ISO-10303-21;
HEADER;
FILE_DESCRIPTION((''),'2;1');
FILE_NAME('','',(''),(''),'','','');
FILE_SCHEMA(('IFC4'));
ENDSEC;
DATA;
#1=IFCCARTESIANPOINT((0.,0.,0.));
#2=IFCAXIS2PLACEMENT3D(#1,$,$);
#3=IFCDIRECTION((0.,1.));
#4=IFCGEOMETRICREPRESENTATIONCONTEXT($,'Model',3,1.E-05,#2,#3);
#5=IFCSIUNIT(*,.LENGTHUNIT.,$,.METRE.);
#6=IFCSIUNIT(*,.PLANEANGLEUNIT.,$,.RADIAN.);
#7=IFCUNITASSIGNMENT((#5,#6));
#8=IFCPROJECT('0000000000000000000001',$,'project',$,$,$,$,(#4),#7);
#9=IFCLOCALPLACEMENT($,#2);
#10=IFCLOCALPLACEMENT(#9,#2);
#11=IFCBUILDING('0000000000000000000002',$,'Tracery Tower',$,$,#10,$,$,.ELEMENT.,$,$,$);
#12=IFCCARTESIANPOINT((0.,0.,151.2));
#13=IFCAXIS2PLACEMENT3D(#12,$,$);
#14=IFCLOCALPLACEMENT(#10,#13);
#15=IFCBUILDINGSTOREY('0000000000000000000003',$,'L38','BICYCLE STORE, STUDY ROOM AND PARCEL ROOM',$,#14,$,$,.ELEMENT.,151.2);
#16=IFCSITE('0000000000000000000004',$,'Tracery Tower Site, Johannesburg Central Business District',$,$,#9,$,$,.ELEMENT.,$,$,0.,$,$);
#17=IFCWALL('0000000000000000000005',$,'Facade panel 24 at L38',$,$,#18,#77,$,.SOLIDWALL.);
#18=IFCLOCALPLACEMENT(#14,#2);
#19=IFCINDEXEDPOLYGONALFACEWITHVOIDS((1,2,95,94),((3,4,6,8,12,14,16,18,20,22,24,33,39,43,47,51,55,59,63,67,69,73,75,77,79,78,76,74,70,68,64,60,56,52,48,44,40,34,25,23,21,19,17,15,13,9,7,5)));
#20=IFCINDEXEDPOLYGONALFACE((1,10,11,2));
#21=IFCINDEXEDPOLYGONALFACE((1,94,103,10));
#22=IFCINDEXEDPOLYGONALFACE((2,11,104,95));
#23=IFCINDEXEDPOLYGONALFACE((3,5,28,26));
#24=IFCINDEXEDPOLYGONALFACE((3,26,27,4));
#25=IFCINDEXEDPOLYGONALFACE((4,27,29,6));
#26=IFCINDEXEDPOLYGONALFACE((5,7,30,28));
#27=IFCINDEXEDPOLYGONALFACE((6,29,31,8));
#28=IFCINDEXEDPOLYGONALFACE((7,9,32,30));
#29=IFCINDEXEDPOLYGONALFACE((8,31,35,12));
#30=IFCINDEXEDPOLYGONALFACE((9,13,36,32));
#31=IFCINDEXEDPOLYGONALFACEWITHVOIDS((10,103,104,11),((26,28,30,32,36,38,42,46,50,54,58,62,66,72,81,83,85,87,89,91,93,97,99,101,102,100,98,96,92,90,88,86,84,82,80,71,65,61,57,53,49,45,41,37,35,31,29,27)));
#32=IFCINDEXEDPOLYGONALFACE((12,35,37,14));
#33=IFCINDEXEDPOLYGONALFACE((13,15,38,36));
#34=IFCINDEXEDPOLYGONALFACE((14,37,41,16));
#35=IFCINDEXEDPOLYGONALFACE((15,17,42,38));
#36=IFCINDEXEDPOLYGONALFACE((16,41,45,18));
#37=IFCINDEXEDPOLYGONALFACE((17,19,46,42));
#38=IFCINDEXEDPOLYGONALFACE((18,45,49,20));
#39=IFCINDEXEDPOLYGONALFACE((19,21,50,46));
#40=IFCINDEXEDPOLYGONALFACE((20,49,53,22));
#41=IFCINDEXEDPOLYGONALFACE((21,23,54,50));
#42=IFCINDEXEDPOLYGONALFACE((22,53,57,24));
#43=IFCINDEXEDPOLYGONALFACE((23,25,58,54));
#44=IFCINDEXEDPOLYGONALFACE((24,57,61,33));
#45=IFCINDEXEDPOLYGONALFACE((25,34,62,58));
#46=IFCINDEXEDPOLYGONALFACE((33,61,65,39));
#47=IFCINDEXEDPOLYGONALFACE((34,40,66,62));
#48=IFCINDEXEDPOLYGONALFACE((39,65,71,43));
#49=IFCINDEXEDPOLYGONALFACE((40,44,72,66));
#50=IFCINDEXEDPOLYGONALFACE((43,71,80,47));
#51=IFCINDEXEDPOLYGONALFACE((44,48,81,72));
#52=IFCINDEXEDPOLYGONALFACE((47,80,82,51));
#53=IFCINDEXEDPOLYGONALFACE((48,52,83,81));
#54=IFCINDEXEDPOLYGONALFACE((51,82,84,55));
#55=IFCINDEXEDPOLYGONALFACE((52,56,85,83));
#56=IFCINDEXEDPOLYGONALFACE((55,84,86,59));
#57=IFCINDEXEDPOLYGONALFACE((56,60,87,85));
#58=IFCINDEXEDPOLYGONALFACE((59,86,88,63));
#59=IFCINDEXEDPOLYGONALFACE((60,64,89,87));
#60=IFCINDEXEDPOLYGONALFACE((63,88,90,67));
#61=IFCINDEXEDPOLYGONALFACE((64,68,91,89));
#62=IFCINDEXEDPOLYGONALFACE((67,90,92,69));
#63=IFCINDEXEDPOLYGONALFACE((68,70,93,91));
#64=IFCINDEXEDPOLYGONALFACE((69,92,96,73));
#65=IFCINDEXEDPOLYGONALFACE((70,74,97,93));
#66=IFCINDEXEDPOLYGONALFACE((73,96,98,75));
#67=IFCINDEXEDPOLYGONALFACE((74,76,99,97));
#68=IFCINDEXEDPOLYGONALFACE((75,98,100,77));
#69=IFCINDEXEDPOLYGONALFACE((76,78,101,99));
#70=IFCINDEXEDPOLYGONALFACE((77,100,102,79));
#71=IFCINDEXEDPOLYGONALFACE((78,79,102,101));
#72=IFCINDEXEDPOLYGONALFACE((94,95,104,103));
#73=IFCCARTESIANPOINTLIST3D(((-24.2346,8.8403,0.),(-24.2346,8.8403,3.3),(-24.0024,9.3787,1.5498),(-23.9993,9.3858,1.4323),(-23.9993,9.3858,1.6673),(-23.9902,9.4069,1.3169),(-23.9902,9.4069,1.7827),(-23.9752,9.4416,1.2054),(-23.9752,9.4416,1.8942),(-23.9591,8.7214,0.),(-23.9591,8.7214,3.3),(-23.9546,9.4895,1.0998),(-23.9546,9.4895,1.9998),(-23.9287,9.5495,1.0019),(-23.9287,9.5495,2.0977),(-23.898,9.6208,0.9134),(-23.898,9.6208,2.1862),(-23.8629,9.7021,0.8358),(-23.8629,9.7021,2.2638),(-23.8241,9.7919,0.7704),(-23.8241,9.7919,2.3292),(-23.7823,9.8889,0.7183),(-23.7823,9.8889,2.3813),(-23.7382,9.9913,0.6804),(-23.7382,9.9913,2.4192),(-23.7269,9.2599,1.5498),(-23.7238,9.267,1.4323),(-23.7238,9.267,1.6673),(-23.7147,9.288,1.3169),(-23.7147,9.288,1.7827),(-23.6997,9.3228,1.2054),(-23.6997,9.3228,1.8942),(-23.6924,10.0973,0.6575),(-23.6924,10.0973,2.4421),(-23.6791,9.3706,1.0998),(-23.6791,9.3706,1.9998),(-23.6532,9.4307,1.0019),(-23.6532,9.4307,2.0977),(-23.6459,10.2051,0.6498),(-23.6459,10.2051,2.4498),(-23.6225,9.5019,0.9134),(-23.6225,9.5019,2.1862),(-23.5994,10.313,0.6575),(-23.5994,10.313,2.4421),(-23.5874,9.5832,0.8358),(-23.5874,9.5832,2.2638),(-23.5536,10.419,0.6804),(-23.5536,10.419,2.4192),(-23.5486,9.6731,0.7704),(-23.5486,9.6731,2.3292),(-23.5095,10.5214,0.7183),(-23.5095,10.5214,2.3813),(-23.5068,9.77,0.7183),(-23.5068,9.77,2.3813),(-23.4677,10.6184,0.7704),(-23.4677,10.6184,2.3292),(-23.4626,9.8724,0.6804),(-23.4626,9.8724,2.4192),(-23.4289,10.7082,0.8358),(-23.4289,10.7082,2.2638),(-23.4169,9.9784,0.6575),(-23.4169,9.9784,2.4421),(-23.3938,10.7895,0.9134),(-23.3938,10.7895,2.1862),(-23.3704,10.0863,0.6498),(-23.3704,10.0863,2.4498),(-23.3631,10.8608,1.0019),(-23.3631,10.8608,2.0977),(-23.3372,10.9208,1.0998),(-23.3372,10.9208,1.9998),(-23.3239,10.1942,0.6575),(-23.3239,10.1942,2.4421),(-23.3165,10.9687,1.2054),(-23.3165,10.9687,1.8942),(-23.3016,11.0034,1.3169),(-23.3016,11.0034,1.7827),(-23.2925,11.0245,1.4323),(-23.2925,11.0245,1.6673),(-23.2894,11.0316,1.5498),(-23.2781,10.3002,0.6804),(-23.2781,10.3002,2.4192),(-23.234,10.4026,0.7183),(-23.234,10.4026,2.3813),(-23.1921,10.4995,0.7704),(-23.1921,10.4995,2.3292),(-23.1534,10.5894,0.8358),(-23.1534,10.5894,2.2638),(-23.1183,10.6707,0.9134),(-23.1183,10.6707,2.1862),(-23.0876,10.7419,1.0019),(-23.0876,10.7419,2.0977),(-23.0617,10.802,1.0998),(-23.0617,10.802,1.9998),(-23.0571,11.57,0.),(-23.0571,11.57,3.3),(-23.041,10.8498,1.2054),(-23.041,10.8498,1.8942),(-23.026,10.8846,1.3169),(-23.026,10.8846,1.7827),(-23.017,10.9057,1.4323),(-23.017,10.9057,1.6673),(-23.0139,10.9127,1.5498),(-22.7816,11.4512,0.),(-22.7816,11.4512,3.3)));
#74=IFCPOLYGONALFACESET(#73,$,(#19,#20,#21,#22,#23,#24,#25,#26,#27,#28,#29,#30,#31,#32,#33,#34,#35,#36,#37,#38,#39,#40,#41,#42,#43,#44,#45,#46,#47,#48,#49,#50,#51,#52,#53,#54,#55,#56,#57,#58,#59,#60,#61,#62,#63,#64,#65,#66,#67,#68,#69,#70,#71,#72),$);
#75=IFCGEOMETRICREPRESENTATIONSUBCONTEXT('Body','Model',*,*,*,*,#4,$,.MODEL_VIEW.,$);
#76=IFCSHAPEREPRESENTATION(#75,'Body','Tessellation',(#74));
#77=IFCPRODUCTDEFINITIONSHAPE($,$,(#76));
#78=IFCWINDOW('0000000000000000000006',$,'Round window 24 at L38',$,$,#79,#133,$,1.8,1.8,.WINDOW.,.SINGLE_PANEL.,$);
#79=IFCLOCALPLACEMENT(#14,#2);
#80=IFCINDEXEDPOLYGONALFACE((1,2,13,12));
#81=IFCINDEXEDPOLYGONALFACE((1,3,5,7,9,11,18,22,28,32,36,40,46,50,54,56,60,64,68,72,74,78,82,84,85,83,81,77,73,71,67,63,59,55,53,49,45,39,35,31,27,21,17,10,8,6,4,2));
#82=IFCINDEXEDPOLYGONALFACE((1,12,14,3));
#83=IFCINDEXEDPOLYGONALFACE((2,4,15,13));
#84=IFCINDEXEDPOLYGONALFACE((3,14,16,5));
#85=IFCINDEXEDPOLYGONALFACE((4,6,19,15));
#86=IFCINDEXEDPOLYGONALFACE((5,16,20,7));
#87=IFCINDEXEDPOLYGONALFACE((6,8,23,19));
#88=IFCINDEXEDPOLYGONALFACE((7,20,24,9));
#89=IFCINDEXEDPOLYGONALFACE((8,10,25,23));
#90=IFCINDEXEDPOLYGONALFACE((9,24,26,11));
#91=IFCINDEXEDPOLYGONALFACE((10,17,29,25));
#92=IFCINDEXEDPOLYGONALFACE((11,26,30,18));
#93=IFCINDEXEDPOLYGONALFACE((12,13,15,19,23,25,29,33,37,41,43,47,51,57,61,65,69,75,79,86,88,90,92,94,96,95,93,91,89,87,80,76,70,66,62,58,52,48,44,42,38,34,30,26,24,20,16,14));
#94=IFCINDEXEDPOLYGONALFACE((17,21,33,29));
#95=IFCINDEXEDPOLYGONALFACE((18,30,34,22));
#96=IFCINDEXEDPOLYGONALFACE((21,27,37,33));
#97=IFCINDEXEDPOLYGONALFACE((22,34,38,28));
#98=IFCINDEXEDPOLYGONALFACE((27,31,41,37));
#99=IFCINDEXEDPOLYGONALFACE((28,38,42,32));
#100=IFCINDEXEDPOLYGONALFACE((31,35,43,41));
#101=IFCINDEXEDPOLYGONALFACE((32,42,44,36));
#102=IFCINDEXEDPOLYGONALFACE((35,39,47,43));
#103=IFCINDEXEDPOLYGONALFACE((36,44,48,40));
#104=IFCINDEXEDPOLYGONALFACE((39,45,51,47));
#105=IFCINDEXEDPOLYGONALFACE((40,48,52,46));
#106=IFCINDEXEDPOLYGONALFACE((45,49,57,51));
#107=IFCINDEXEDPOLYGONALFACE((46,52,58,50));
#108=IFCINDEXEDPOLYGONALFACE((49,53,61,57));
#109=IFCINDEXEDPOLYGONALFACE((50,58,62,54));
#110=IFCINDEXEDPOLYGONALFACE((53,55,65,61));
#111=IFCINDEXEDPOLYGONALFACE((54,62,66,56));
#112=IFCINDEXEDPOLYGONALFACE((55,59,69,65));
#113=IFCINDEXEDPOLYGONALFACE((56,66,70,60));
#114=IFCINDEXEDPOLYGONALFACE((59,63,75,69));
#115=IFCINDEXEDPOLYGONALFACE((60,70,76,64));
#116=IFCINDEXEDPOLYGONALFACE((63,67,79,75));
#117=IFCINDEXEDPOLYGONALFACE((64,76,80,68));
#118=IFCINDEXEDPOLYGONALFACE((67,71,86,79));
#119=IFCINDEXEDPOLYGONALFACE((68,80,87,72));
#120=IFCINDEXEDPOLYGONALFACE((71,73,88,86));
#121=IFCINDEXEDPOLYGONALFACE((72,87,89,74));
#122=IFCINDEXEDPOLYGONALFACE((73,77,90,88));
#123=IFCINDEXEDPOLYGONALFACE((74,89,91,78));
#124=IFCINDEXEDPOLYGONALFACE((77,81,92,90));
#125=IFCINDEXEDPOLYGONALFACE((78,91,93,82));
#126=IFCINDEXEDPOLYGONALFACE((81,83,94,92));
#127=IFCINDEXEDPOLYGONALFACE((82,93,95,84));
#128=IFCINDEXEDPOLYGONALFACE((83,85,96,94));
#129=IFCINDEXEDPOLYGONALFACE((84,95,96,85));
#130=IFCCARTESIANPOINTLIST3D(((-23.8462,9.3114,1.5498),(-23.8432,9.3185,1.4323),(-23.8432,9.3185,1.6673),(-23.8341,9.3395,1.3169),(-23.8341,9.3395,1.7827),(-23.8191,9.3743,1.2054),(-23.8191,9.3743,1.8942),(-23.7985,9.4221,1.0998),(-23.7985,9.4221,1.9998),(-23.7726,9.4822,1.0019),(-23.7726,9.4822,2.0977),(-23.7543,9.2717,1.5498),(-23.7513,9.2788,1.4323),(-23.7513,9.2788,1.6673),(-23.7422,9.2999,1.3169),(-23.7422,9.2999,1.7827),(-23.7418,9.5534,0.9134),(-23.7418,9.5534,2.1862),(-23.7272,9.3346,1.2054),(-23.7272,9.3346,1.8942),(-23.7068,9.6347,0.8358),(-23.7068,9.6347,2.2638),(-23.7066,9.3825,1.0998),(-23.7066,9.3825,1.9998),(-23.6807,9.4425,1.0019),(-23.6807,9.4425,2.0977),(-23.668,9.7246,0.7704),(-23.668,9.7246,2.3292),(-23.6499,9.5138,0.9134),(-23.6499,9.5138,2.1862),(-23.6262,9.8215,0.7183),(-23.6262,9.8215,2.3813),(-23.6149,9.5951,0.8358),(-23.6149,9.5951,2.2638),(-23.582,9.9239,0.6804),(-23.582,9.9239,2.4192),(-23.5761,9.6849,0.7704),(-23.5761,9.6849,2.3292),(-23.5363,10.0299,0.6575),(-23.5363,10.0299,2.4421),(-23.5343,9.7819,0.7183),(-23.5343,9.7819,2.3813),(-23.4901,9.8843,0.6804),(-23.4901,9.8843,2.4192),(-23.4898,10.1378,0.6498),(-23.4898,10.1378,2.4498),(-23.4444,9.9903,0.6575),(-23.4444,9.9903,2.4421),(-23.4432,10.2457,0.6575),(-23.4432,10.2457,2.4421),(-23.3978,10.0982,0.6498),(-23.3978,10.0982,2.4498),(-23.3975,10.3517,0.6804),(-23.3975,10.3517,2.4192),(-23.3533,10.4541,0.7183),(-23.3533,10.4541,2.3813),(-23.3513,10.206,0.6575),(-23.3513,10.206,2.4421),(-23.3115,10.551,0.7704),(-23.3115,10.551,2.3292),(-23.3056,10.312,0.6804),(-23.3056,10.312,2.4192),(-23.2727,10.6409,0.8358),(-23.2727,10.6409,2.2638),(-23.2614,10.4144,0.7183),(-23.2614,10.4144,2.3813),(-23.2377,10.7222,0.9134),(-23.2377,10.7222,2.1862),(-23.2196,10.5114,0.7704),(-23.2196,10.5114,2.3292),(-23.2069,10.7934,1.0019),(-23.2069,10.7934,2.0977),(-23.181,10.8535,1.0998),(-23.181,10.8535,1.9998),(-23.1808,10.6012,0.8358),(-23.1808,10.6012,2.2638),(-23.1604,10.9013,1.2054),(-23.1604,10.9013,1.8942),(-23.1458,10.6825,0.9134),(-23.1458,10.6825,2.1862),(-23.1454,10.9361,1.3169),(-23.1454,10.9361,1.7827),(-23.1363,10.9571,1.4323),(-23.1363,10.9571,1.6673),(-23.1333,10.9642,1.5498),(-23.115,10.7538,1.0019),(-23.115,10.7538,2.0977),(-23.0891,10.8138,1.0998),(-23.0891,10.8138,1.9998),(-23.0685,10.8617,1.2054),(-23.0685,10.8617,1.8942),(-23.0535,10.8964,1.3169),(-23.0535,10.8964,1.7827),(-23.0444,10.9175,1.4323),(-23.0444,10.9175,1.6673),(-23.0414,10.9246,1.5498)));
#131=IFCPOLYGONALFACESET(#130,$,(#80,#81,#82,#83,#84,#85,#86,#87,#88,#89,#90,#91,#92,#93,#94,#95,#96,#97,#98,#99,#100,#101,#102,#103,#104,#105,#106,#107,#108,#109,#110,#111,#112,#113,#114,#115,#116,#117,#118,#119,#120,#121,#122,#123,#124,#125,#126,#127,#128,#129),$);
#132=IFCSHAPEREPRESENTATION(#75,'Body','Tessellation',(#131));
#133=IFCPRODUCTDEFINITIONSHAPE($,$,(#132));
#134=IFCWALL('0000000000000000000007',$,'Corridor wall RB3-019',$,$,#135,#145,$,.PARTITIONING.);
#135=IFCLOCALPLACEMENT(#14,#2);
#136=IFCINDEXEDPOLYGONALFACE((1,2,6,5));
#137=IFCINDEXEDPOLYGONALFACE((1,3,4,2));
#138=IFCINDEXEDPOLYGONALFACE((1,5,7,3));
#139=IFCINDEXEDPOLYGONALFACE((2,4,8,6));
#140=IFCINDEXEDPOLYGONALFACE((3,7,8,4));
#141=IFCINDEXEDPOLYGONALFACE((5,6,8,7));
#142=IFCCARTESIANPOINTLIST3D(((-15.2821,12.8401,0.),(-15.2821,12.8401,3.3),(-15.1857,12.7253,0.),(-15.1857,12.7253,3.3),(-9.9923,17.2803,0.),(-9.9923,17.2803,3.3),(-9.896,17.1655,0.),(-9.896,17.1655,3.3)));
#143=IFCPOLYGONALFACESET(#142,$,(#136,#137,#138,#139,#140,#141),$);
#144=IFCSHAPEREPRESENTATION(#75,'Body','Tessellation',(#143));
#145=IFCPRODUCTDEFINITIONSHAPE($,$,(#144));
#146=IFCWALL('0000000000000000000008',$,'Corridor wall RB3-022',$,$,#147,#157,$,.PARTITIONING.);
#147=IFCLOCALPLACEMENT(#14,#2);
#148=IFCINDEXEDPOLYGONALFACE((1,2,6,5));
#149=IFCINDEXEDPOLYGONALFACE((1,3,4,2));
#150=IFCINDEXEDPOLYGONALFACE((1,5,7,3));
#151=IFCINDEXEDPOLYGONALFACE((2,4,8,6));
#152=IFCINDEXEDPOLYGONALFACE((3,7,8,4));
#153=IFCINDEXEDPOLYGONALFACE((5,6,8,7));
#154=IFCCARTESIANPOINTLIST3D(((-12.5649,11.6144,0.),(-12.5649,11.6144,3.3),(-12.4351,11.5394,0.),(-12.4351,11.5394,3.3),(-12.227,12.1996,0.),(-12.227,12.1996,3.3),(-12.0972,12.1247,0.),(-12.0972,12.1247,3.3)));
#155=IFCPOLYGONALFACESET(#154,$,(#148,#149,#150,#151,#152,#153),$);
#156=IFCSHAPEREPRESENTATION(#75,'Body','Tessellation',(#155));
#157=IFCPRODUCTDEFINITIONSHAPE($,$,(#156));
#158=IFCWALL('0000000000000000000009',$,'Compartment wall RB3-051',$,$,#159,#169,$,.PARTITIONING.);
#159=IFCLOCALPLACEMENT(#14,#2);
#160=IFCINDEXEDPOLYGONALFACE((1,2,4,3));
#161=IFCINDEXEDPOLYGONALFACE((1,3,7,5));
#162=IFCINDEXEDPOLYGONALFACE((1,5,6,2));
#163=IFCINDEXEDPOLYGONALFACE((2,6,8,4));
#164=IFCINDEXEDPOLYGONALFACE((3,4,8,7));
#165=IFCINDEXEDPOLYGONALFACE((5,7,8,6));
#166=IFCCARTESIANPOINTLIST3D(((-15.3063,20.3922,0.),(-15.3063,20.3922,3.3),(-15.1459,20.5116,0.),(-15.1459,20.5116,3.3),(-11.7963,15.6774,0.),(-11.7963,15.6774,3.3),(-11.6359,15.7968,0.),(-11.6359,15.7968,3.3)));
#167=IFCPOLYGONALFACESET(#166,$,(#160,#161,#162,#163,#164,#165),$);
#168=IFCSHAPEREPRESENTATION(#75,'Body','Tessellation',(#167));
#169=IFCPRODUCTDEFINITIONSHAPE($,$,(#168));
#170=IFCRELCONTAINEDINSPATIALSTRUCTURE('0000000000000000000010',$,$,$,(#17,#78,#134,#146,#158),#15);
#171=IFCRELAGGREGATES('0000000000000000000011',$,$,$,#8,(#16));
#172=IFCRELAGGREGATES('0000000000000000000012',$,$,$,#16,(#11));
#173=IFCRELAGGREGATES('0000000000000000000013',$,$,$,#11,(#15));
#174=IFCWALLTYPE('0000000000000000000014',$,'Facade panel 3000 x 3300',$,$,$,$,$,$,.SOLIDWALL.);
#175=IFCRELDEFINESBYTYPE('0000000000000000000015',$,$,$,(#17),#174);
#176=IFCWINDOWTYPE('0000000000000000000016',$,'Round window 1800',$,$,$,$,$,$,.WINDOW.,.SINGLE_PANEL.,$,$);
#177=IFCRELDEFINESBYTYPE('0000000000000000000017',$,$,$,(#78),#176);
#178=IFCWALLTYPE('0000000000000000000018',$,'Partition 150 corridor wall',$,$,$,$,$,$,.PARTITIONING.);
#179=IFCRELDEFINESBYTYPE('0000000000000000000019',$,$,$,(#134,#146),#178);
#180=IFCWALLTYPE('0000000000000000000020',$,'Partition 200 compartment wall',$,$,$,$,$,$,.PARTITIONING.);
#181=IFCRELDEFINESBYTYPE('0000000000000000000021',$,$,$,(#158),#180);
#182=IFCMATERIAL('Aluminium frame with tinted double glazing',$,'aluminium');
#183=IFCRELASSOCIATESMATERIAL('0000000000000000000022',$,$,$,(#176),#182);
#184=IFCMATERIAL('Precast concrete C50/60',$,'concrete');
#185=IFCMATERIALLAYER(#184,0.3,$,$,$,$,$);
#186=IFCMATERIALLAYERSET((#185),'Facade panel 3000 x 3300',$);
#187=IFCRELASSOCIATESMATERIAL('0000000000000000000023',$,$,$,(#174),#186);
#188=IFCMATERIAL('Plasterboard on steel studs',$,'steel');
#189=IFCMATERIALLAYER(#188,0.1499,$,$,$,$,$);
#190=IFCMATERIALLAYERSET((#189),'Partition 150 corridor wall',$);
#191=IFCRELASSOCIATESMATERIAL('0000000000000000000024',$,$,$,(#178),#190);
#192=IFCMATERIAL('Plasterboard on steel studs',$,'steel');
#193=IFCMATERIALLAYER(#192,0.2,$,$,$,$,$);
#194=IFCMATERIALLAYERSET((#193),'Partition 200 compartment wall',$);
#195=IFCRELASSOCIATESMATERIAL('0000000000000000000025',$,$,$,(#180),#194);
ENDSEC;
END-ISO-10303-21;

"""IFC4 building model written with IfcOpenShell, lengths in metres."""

from ifc_helpers import new_model, si_unit, direction, frame, frame_2d, origin, origin_2d, place, context, subcontext, project, spatial, rectangle, circle, extrude, material, layer, layer_set, type_object, element, fill, save


model = new_model("IFC4")

# Units and contexts
model_context = context("Model", 3, precision=1e-05, world=origin(), true_north=direction((0.0, 1.0)))
body_context = subcontext(model_context, "Body", "Model", "MODEL_VIEW")
ifc_project = project(units=[si_unit("LENGTHUNIT", "METRE"), si_unit("PLANEANGLEUNIT", "RADIAN")], contexts=[model_context])

# Site, building, storey
site_placement = place(None, origin())
site = spatial("IfcSite", under=ifc_project, at=site_placement, Name="Tracery Tower Site, Johannesburg Central Business District", CompositionType="ELEMENT", RefElevation=0.0)
building_placement = place(site_placement, origin())
building = spatial("IfcBuilding", under=site, at=building_placement, Name="Tracery Tower", CompositionType="ELEMENT")
storey_placement = place(building_placement, frame((0.0, 0.0, 151.2)))
storey = spatial("IfcBuildingStorey", under=building, at=storey_placement, Name="L38", Description="BICYCLE STORE, STUDY ROOM AND PARCEL ROOM", CompositionType="ELEMENT", Elevation=151.2)

# Wall, opening, window
ifc_material_1 = material(Name="Aluminium frame with tinted double glazing", Category="aluminium")
window_type = type_object("IfcWindowType", Name="Round window 1800", PartitioningType="SINGLE_PANEL", PredefinedType="WINDOW", material=ifc_material_1)
ifc_material_2 = material(Name="Precast concrete C50/60", Category="concrete")
ifc_layer_1 = layer(ifc_material_2, 0.3)
ifc_layer_set_1 = layer_set([ifc_layer_1], Name="Facade panel 3000 x 3300")
wall_type_1 = type_object("IfcWallType", Name="Facade panel 3000 x 3300", PredefinedType="SOLIDWALL", material=ifc_layer_set_1)
wall_1_placement = place(storey_placement, frame((-22.9194, 11.5105, 0.0), z_axis=(0.0, 0.0, 1.0), x_axis=(-0.396079, -0.918216, 0.0)))
wall_1 = element("IfcWall", 1, at=wall_1_placement, inside=storey, type_object=wall_type_1, Name="Facade panel 24 at L38", PredefinedType="SOLIDWALL", context=body_context, shape_type="SweptSolid", body=[
    extrude(rectangle(XDim=2.9729, YDim=0.3, at=frame_2d((1.4863, 0.0))), origin(), (0.0, 0.0, 1.0), 3.3),
])
opening_1_placement = place(wall_1_placement, frame((1.4863, 0.0, 1.5498)))
opening_1 = element("IfcOpeningElement", 2, at=opening_1_placement, cuts=wall_1, PredefinedType="OPENING", context=body_context, shape_type="SweptSolid", body=[
    extrude(circle(Radius=0.9, at=origin_2d()), frame((0.0, 0.1599, 0.0), z_axis=(0.0, -1.0, 0.0), x_axis=(1.0, 0.0, 0.0)), (0.0, 0.0, 1.0), 0.3201),
])
window_1_placement = place(opening_1_placement, origin())
window_1 = element("IfcWindow", 3, at=window_1_placement, inside=storey, type_object=window_type, Name="Round window 24 at L38", OverallHeight=1.8, OverallWidth=1.8, PartitioningType="SINGLE_PANEL", PredefinedType="WINDOW", context=body_context, shape_type="SweptSolid", body=[
    extrude(circle(Radius=0.9, at=origin_2d()), frame((0.0, 0.1201, 0.0), z_axis=(0.0, -1.0, 0.0), x_axis=(1.0, 0.0, 0.0)), (0.0, 0.0, 1.0), 0.1001),
])
fill(opening_1, window_1)

# Walls
ifc_material_3 = material(Name="Plasterboard on steel studs", Category="steel")
ifc_layer_2 = layer(ifc_material_3, 0.1499)
ifc_layer_set_2 = layer_set([ifc_layer_2], Name="Partition 150 corridor wall")
wall_type_2 = type_object("IfcWallType", Name="Partition 150 corridor wall", PredefinedType="PARTITIONING", material=ifc_layer_set_2)
wall_2_placement = place(storey_placement, frame((-15.2339, 12.7827, 0.0), z_axis=(0.0, 0.0, 1.0), x_axis=(0.765936, 0.642917, 0.0)))
element("IfcWall", 4, at=wall_2_placement, inside=storey, type_object=wall_type_2, Name="Corridor wall RB3-019", PredefinedType="PARTITIONING", context=body_context, shape_type="SweptSolid", body=[
    extrude(rectangle(XDim=6.9062, YDim=0.1499, at=frame_2d((3.4531, 0.0))), origin(), (0.0, 0.0, 1.0), 3.3),
])
wall_3_placement = place(storey_placement, frame((-12.5, 11.5769, 0.0), z_axis=(0.0, 0.0, 1.0), x_axis=(0.500025, 0.866011, 0.0)))
element("IfcWall", 5, at=wall_3_placement, inside=storey, type_object=wall_type_2, Name="Corridor wall RB3-022", PredefinedType="PARTITIONING", context=body_context, shape_type="SweptSolid", body=[
    extrude(rectangle(XDim=0.6758, YDim=0.1499, at=frame_2d((0.3379, 0.0))), origin(), (0.0, 0.0, 1.0), 3.3),
])
ifc_material_4 = material(Name="Plasterboard on steel studs", Category="steel")
ifc_layer_3 = layer(ifc_material_4, 0.2)
ifc_layer_set_3 = layer_set([ifc_layer_3], Name="Partition 200 compartment wall")
wall_type_3 = type_object("IfcWallType", Name="Partition 200 compartment wall", PredefinedType="PARTITIONING", material=ifc_layer_set_3)
wall_4_placement = place(storey_placement, frame((-15.2261, 20.4519, 0.0), z_axis=(0.0, 0.0, 1.0), x_axis=(0.597152, -0.802128, 0.0)))
element("IfcWall", 6, at=wall_4_placement, inside=storey, type_object=wall_type_3, Name="Compartment wall RB3-051", PredefinedType="PARTITIONING", context=body_context, shape_type="SweptSolid", body=[
    extrude(rectangle(XDim=5.8779, YDim=0.2, at=frame_2d((2.939, 0.0))), origin(), (0.0, 0.0, 1.0), 3.3),
])

save(model, "model.ifc")
